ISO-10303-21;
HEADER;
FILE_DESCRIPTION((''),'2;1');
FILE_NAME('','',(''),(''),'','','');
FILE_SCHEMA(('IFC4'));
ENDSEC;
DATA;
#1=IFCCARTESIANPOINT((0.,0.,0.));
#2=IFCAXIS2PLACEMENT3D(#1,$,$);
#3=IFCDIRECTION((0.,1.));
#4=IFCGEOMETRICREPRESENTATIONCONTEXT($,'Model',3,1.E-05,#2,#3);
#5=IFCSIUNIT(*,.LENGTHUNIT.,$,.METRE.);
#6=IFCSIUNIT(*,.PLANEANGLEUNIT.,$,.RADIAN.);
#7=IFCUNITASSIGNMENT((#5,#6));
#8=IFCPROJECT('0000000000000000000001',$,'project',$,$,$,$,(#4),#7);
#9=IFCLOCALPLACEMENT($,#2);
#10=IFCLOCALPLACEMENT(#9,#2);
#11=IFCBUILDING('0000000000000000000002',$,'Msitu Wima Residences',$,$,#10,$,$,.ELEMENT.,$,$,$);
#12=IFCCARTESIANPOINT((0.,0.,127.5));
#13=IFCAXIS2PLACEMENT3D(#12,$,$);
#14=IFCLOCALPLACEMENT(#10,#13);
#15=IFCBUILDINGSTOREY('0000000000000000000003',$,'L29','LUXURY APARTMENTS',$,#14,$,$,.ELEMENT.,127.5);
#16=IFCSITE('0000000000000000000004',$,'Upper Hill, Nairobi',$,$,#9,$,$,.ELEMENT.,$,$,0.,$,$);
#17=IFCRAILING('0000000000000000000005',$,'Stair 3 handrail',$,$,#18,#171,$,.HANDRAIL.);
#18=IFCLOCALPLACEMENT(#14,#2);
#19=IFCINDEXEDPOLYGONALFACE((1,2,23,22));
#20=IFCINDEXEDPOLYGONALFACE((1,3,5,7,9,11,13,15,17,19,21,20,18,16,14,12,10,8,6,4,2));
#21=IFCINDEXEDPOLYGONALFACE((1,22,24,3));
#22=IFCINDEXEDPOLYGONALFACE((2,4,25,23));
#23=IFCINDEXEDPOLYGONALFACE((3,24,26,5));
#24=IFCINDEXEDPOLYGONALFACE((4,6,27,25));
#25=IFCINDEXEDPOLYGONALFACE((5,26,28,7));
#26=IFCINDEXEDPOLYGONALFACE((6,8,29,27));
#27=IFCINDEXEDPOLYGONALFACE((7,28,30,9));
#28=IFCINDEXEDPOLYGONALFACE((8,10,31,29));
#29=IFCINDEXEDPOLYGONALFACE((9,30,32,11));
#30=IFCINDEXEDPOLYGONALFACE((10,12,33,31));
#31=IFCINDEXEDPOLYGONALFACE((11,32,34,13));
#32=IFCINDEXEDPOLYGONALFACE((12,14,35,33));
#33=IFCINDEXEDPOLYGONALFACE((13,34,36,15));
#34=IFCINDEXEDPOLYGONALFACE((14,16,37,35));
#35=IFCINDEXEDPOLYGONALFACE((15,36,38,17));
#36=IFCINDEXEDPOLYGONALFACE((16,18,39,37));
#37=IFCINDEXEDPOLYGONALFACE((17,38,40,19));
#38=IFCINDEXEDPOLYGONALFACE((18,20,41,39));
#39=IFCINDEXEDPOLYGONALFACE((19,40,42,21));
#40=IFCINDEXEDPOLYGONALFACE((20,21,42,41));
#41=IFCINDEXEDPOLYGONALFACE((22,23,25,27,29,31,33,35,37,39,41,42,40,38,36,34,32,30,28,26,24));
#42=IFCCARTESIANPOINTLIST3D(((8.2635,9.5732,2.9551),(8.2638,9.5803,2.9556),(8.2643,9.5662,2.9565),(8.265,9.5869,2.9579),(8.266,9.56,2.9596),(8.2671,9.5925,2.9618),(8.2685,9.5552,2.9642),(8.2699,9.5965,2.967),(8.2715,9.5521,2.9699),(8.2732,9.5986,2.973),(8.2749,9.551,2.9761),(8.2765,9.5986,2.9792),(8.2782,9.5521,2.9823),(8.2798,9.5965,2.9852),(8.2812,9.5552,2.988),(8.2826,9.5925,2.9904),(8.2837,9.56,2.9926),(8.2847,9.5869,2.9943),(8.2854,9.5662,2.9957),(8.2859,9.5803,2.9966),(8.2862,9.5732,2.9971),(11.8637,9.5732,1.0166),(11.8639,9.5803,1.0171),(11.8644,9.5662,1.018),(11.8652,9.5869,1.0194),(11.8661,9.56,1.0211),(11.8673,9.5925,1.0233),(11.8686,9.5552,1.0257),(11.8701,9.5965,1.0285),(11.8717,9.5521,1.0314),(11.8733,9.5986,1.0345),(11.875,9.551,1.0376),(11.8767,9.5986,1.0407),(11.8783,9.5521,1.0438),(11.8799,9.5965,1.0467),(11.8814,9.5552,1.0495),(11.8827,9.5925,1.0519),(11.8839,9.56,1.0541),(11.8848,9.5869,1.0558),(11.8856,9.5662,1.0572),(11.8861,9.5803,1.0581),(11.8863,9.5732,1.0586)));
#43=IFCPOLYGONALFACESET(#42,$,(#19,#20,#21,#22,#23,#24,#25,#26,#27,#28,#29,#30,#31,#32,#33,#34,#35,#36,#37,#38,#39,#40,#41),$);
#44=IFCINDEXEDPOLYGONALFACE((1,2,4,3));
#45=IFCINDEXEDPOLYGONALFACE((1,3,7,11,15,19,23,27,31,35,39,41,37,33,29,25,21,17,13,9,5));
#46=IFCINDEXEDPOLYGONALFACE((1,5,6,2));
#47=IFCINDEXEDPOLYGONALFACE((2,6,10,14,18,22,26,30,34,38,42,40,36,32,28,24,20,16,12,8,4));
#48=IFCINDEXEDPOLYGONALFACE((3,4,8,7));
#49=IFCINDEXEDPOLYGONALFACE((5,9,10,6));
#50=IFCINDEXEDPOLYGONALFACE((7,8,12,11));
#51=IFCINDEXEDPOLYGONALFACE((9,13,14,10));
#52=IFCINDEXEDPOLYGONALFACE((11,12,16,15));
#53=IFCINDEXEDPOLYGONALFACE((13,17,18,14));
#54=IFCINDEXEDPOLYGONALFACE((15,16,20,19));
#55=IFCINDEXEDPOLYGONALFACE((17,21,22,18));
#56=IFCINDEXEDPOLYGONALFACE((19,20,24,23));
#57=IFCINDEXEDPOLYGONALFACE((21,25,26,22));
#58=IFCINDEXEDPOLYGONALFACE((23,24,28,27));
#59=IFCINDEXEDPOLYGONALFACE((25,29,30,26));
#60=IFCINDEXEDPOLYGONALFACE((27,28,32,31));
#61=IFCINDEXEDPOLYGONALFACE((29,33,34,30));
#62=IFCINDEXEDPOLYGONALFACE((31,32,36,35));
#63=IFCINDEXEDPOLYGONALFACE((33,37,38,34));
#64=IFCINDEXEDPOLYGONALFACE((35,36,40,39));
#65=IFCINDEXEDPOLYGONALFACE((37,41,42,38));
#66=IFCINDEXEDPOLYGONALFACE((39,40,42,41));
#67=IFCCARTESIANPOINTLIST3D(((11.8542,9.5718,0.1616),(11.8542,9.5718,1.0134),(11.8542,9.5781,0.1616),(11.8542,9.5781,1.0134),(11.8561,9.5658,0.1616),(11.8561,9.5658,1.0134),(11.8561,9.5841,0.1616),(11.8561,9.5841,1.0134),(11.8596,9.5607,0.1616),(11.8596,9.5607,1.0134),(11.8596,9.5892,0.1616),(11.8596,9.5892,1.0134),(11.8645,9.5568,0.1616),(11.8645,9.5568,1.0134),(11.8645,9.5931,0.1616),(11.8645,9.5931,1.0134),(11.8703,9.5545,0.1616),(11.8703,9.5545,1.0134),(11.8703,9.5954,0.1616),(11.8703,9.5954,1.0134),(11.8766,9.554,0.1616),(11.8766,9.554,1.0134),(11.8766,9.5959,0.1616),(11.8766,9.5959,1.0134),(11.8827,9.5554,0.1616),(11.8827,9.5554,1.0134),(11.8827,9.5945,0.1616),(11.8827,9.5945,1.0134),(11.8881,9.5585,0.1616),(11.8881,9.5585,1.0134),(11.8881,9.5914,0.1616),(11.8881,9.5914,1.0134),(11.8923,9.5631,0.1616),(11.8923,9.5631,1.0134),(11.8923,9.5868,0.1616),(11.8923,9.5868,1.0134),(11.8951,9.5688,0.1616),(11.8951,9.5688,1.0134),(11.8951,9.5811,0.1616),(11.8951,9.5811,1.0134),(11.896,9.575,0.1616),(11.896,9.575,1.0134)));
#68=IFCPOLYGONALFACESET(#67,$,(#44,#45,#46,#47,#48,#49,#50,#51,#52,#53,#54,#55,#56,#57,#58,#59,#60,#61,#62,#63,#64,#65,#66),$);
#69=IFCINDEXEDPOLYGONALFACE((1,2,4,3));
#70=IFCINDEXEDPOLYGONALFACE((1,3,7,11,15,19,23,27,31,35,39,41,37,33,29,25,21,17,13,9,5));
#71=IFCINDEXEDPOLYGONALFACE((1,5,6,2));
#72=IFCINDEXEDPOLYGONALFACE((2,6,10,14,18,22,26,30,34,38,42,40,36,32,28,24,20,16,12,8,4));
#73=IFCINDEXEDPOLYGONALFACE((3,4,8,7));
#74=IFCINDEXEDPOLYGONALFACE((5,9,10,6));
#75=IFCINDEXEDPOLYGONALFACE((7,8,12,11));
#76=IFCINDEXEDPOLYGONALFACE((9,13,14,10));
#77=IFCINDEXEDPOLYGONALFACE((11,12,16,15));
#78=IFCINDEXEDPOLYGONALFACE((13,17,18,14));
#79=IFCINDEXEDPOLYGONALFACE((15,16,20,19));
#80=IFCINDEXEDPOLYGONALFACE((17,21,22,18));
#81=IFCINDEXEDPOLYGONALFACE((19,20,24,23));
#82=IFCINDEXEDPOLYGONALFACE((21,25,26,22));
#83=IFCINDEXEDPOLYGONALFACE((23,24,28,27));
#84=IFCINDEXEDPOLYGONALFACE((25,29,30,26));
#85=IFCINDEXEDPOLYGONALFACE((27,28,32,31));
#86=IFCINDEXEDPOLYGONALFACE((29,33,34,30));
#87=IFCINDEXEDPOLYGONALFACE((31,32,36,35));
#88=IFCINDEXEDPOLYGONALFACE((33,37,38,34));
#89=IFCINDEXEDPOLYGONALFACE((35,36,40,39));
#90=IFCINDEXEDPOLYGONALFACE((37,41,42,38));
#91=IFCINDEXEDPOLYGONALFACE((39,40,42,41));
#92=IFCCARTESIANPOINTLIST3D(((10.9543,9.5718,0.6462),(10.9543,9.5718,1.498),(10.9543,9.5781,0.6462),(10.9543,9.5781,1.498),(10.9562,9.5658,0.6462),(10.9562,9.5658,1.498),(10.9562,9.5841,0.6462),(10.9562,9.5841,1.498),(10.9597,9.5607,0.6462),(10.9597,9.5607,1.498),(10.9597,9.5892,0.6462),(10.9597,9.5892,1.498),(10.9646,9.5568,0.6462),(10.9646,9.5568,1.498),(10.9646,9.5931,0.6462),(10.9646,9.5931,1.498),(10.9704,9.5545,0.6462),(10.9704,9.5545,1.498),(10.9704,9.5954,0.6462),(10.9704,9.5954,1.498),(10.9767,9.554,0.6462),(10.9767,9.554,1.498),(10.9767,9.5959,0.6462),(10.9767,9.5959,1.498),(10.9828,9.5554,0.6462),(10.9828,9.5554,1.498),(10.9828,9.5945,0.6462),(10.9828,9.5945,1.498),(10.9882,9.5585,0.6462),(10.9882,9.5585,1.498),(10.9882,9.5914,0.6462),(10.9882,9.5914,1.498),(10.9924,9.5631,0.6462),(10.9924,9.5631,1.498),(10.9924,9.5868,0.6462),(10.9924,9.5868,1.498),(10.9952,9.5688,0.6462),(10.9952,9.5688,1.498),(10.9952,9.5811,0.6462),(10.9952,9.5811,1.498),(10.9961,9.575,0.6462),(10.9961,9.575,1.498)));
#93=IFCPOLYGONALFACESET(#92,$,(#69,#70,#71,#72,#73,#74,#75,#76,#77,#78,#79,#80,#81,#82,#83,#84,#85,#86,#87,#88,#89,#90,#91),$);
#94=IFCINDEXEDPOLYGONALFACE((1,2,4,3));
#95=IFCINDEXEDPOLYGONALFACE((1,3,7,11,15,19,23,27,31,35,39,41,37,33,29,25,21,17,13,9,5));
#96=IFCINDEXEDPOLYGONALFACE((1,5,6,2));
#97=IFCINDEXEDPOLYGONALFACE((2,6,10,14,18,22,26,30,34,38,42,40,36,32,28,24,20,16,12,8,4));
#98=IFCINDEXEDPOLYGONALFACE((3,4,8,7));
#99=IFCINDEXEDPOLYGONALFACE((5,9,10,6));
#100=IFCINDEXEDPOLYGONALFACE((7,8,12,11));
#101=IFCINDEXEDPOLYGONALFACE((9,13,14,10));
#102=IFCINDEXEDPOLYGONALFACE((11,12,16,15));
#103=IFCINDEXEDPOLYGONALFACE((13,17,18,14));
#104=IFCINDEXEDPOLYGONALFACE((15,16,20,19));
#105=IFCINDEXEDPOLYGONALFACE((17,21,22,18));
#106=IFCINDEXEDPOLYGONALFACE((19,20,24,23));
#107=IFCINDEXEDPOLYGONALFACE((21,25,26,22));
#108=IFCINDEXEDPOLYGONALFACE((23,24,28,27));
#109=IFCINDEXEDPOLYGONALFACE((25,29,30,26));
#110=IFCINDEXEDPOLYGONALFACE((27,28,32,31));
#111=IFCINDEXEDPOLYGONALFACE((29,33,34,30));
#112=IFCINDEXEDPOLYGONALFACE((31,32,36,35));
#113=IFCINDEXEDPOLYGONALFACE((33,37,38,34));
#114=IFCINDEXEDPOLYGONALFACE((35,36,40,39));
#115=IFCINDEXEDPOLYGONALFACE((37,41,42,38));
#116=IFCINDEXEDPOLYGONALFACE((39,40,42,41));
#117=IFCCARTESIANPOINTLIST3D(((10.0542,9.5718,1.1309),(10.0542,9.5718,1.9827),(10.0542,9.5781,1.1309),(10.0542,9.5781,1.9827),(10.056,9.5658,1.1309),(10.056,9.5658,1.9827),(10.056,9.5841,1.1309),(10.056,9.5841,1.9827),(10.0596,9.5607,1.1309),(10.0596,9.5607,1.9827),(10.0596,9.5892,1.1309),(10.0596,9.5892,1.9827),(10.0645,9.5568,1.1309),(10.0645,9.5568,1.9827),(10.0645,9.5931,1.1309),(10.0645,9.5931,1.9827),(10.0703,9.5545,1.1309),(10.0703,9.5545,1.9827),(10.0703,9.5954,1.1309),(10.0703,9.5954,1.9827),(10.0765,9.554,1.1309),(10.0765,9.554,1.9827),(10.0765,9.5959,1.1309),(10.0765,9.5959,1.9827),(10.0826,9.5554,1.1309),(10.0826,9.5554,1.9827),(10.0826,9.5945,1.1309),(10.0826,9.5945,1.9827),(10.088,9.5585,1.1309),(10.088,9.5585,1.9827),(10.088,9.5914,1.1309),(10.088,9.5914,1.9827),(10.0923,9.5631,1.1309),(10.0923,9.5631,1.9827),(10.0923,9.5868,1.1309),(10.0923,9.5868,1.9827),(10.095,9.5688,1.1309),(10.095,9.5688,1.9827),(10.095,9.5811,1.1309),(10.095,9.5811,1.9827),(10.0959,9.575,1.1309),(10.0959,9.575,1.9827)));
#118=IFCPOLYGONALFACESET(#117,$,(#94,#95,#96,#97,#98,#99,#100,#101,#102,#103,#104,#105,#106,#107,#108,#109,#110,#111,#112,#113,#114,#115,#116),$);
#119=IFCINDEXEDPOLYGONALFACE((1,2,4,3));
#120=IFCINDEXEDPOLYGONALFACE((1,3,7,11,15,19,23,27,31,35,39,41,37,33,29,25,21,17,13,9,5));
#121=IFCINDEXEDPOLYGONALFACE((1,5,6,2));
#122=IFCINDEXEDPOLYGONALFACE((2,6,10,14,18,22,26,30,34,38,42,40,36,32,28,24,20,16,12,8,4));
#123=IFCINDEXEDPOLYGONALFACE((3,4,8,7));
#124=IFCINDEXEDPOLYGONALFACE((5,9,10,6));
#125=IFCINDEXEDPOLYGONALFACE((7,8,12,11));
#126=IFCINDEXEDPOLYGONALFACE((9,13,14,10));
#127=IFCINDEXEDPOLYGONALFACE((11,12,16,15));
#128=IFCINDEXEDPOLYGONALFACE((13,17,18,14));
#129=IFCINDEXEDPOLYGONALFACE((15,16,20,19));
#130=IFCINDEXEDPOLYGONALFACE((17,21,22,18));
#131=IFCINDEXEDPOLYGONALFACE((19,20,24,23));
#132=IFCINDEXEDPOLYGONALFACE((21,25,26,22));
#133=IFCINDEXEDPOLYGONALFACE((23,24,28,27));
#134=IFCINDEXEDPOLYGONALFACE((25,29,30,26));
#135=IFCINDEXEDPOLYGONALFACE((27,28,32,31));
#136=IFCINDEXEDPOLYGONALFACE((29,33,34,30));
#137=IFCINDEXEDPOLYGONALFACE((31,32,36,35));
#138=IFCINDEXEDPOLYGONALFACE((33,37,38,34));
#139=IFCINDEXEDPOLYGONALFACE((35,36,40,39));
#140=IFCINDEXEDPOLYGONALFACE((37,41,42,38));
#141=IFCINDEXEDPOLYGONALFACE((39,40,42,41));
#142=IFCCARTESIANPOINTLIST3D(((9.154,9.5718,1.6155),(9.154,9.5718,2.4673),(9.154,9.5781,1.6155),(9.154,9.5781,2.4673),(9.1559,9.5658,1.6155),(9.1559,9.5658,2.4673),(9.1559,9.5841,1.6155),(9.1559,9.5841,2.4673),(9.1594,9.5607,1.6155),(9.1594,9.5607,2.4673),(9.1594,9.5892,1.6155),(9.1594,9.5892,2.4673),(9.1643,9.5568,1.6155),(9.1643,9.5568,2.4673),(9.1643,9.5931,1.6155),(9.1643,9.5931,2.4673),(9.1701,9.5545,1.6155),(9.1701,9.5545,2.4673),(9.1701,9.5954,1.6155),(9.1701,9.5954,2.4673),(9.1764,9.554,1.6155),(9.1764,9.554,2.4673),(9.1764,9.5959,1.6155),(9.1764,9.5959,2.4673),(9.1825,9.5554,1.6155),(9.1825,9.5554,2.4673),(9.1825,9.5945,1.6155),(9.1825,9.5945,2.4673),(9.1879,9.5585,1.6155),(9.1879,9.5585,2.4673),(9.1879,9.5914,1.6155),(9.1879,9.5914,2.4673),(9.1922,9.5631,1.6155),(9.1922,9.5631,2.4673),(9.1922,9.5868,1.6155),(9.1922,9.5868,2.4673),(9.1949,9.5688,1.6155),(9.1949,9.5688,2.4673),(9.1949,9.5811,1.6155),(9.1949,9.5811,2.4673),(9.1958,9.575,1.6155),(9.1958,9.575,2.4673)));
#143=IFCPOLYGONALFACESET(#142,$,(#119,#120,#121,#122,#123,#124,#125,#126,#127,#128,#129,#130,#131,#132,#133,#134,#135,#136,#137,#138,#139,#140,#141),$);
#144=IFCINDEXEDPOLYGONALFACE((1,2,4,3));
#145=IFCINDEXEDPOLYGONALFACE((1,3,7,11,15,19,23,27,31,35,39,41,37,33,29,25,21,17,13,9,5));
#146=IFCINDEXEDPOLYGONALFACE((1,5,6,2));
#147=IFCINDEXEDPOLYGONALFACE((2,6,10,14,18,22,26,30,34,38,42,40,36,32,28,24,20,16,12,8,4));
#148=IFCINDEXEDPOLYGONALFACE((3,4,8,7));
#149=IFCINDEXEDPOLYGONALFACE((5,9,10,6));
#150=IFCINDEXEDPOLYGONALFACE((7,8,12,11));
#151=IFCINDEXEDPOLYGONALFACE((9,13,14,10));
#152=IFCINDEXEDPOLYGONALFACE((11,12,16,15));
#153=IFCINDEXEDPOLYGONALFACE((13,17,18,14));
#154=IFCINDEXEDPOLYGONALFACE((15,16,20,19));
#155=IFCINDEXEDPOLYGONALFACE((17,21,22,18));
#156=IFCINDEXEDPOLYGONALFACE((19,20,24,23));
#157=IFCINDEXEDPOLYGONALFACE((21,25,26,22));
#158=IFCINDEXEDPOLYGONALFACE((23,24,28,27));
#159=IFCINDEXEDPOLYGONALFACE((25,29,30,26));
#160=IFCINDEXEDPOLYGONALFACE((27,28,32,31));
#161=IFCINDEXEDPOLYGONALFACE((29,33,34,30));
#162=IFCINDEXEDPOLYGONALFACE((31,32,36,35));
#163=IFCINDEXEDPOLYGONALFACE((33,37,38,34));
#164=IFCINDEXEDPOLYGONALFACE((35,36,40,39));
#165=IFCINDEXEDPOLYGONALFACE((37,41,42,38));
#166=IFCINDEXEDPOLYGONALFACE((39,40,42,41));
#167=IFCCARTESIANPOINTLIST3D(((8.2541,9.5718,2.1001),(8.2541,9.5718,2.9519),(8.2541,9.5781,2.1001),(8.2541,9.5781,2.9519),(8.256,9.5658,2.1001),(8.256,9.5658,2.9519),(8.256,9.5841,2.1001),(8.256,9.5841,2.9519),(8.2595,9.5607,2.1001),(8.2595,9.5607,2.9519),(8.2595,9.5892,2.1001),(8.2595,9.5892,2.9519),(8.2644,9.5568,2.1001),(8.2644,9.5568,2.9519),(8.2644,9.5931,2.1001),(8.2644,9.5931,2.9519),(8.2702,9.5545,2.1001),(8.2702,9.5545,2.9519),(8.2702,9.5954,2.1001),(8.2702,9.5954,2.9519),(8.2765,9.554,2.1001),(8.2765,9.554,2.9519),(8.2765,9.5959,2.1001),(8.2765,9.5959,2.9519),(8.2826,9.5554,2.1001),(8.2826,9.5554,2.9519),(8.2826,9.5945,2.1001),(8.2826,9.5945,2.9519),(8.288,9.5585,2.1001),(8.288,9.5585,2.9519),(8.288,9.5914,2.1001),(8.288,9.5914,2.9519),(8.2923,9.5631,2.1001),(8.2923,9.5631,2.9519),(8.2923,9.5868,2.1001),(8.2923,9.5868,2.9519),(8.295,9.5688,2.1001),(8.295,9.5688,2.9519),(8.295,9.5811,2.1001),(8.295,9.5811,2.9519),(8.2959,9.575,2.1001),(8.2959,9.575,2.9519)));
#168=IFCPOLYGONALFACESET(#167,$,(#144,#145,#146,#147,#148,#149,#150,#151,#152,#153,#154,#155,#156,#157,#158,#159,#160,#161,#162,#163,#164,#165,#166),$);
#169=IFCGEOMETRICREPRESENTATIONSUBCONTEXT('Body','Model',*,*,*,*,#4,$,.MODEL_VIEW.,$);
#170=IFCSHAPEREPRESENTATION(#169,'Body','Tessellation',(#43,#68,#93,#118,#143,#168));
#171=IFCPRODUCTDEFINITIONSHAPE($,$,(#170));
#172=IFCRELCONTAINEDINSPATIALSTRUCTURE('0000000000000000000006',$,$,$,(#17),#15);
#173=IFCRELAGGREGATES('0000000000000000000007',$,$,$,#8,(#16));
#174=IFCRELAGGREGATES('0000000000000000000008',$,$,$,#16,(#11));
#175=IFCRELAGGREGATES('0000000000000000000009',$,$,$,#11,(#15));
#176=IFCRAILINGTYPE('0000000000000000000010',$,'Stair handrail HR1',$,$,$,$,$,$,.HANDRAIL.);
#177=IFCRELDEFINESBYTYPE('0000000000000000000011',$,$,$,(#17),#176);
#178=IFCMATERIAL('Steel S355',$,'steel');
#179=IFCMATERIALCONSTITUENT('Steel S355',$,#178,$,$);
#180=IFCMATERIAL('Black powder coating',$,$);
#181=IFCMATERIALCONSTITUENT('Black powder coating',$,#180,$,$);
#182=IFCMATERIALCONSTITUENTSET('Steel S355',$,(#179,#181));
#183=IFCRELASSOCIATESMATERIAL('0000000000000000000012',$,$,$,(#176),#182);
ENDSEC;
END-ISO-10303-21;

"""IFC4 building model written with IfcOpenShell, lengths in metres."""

from ifc_helpers import new_model, si_unit, direction, frame, origin, origin_2d, place, context, subcontext, project, spatial, circle, extrude, material, constituent, constituent_set, type_object, element, save


model = new_model("IFC4")

# Units and contexts
model_context = context("Model", 3, precision=1e-05, world=origin(), true_north=direction((0.0, 1.0)))
body_context = subcontext(model_context, "Body", "Model", "MODEL_VIEW")
ifc_project = project(units=[si_unit("LENGTHUNIT", "METRE"), si_unit("PLANEANGLEUNIT", "RADIAN")], contexts=[model_context])

# Site, building, storey
site_placement = place(None, origin())
site = spatial("IfcSite", under=ifc_project, at=site_placement, Name="Upper Hill, Nairobi", CompositionType="ELEMENT", RefElevation=0.0)
building_placement = place(site_placement, origin())
building = spatial("IfcBuilding", under=site, at=building_placement, Name="Msitu Wima Residences", CompositionType="ELEMENT")
storey_placement = place(building_placement, frame((0.0, 0.0, 127.5)))
storey = spatial("IfcBuildingStorey", under=building, at=storey_placement, Name="L29", Description="LUXURY APARTMENTS", CompositionType="ELEMENT", Elevation=127.5)

# Railing
ifc_material_1 = material(Name="Steel S355", Category="steel")
ifc_constituent_1 = constituent(ifc_material_1, Name="Steel S355")
ifc_material_2 = material(Name="Black powder coating")
ifc_constituent_2 = constituent(ifc_material_2, Name="Black powder coating")
ifc_constituent_set = constituent_set(constituents=[ifc_constituent_1, ifc_constituent_2], Name="Steel S355")
railing_type = type_object("IfcRailingType", Name="Stair handrail HR1", PredefinedType="HANDRAIL", material=ifc_constituent_set)
for number, where, name in (
    (1, (11.875, 9.575, 0.1616), "Stair 3 handrail"),
):
    element("IfcRailing", number, at=place(storey_placement, frame(where)), inside=storey, type_object=railing_type, Name=name, PredefinedType="HANDRAIL", context=body_context, shape_type="SweptSolid", body=[
        extrude(circle(Radius=0.0239, at=origin_2d()), frame((0.0, 0.0, 0.876), z_axis=(-0.880475, 0.0, 0.474093), x_axis=(0.0, -1.0, 0.0)), (0.0, 0.0, 1.0), 4.0889),
        extrude(circle(Radius=0.021, at=origin_2d()), origin(), (0.0, 0.0, 1.0), 0.8518),
        extrude(circle(Radius=0.021, at=origin_2d()), frame((-0.8999, 0.0, 0.4846)), (0.0, 0.0, 1.0), 0.8518),
        extrude(circle(Radius=0.021, at=origin_2d()), frame((-1.8, 0.0, 0.9692)), (0.0, 0.0, 1.0), 0.8518),
        extrude(circle(Radius=0.021, at=origin_2d()), frame((-2.7002, 0.0, 1.4539)), (0.0, 0.0, 1.0), 0.8518),
        extrude(circle(Radius=0.021, at=origin_2d()), frame((-3.6001, 0.0, 1.9385)), (0.0, 0.0, 1.0), 0.8518),
    ])

save(model, "model.ifc")
